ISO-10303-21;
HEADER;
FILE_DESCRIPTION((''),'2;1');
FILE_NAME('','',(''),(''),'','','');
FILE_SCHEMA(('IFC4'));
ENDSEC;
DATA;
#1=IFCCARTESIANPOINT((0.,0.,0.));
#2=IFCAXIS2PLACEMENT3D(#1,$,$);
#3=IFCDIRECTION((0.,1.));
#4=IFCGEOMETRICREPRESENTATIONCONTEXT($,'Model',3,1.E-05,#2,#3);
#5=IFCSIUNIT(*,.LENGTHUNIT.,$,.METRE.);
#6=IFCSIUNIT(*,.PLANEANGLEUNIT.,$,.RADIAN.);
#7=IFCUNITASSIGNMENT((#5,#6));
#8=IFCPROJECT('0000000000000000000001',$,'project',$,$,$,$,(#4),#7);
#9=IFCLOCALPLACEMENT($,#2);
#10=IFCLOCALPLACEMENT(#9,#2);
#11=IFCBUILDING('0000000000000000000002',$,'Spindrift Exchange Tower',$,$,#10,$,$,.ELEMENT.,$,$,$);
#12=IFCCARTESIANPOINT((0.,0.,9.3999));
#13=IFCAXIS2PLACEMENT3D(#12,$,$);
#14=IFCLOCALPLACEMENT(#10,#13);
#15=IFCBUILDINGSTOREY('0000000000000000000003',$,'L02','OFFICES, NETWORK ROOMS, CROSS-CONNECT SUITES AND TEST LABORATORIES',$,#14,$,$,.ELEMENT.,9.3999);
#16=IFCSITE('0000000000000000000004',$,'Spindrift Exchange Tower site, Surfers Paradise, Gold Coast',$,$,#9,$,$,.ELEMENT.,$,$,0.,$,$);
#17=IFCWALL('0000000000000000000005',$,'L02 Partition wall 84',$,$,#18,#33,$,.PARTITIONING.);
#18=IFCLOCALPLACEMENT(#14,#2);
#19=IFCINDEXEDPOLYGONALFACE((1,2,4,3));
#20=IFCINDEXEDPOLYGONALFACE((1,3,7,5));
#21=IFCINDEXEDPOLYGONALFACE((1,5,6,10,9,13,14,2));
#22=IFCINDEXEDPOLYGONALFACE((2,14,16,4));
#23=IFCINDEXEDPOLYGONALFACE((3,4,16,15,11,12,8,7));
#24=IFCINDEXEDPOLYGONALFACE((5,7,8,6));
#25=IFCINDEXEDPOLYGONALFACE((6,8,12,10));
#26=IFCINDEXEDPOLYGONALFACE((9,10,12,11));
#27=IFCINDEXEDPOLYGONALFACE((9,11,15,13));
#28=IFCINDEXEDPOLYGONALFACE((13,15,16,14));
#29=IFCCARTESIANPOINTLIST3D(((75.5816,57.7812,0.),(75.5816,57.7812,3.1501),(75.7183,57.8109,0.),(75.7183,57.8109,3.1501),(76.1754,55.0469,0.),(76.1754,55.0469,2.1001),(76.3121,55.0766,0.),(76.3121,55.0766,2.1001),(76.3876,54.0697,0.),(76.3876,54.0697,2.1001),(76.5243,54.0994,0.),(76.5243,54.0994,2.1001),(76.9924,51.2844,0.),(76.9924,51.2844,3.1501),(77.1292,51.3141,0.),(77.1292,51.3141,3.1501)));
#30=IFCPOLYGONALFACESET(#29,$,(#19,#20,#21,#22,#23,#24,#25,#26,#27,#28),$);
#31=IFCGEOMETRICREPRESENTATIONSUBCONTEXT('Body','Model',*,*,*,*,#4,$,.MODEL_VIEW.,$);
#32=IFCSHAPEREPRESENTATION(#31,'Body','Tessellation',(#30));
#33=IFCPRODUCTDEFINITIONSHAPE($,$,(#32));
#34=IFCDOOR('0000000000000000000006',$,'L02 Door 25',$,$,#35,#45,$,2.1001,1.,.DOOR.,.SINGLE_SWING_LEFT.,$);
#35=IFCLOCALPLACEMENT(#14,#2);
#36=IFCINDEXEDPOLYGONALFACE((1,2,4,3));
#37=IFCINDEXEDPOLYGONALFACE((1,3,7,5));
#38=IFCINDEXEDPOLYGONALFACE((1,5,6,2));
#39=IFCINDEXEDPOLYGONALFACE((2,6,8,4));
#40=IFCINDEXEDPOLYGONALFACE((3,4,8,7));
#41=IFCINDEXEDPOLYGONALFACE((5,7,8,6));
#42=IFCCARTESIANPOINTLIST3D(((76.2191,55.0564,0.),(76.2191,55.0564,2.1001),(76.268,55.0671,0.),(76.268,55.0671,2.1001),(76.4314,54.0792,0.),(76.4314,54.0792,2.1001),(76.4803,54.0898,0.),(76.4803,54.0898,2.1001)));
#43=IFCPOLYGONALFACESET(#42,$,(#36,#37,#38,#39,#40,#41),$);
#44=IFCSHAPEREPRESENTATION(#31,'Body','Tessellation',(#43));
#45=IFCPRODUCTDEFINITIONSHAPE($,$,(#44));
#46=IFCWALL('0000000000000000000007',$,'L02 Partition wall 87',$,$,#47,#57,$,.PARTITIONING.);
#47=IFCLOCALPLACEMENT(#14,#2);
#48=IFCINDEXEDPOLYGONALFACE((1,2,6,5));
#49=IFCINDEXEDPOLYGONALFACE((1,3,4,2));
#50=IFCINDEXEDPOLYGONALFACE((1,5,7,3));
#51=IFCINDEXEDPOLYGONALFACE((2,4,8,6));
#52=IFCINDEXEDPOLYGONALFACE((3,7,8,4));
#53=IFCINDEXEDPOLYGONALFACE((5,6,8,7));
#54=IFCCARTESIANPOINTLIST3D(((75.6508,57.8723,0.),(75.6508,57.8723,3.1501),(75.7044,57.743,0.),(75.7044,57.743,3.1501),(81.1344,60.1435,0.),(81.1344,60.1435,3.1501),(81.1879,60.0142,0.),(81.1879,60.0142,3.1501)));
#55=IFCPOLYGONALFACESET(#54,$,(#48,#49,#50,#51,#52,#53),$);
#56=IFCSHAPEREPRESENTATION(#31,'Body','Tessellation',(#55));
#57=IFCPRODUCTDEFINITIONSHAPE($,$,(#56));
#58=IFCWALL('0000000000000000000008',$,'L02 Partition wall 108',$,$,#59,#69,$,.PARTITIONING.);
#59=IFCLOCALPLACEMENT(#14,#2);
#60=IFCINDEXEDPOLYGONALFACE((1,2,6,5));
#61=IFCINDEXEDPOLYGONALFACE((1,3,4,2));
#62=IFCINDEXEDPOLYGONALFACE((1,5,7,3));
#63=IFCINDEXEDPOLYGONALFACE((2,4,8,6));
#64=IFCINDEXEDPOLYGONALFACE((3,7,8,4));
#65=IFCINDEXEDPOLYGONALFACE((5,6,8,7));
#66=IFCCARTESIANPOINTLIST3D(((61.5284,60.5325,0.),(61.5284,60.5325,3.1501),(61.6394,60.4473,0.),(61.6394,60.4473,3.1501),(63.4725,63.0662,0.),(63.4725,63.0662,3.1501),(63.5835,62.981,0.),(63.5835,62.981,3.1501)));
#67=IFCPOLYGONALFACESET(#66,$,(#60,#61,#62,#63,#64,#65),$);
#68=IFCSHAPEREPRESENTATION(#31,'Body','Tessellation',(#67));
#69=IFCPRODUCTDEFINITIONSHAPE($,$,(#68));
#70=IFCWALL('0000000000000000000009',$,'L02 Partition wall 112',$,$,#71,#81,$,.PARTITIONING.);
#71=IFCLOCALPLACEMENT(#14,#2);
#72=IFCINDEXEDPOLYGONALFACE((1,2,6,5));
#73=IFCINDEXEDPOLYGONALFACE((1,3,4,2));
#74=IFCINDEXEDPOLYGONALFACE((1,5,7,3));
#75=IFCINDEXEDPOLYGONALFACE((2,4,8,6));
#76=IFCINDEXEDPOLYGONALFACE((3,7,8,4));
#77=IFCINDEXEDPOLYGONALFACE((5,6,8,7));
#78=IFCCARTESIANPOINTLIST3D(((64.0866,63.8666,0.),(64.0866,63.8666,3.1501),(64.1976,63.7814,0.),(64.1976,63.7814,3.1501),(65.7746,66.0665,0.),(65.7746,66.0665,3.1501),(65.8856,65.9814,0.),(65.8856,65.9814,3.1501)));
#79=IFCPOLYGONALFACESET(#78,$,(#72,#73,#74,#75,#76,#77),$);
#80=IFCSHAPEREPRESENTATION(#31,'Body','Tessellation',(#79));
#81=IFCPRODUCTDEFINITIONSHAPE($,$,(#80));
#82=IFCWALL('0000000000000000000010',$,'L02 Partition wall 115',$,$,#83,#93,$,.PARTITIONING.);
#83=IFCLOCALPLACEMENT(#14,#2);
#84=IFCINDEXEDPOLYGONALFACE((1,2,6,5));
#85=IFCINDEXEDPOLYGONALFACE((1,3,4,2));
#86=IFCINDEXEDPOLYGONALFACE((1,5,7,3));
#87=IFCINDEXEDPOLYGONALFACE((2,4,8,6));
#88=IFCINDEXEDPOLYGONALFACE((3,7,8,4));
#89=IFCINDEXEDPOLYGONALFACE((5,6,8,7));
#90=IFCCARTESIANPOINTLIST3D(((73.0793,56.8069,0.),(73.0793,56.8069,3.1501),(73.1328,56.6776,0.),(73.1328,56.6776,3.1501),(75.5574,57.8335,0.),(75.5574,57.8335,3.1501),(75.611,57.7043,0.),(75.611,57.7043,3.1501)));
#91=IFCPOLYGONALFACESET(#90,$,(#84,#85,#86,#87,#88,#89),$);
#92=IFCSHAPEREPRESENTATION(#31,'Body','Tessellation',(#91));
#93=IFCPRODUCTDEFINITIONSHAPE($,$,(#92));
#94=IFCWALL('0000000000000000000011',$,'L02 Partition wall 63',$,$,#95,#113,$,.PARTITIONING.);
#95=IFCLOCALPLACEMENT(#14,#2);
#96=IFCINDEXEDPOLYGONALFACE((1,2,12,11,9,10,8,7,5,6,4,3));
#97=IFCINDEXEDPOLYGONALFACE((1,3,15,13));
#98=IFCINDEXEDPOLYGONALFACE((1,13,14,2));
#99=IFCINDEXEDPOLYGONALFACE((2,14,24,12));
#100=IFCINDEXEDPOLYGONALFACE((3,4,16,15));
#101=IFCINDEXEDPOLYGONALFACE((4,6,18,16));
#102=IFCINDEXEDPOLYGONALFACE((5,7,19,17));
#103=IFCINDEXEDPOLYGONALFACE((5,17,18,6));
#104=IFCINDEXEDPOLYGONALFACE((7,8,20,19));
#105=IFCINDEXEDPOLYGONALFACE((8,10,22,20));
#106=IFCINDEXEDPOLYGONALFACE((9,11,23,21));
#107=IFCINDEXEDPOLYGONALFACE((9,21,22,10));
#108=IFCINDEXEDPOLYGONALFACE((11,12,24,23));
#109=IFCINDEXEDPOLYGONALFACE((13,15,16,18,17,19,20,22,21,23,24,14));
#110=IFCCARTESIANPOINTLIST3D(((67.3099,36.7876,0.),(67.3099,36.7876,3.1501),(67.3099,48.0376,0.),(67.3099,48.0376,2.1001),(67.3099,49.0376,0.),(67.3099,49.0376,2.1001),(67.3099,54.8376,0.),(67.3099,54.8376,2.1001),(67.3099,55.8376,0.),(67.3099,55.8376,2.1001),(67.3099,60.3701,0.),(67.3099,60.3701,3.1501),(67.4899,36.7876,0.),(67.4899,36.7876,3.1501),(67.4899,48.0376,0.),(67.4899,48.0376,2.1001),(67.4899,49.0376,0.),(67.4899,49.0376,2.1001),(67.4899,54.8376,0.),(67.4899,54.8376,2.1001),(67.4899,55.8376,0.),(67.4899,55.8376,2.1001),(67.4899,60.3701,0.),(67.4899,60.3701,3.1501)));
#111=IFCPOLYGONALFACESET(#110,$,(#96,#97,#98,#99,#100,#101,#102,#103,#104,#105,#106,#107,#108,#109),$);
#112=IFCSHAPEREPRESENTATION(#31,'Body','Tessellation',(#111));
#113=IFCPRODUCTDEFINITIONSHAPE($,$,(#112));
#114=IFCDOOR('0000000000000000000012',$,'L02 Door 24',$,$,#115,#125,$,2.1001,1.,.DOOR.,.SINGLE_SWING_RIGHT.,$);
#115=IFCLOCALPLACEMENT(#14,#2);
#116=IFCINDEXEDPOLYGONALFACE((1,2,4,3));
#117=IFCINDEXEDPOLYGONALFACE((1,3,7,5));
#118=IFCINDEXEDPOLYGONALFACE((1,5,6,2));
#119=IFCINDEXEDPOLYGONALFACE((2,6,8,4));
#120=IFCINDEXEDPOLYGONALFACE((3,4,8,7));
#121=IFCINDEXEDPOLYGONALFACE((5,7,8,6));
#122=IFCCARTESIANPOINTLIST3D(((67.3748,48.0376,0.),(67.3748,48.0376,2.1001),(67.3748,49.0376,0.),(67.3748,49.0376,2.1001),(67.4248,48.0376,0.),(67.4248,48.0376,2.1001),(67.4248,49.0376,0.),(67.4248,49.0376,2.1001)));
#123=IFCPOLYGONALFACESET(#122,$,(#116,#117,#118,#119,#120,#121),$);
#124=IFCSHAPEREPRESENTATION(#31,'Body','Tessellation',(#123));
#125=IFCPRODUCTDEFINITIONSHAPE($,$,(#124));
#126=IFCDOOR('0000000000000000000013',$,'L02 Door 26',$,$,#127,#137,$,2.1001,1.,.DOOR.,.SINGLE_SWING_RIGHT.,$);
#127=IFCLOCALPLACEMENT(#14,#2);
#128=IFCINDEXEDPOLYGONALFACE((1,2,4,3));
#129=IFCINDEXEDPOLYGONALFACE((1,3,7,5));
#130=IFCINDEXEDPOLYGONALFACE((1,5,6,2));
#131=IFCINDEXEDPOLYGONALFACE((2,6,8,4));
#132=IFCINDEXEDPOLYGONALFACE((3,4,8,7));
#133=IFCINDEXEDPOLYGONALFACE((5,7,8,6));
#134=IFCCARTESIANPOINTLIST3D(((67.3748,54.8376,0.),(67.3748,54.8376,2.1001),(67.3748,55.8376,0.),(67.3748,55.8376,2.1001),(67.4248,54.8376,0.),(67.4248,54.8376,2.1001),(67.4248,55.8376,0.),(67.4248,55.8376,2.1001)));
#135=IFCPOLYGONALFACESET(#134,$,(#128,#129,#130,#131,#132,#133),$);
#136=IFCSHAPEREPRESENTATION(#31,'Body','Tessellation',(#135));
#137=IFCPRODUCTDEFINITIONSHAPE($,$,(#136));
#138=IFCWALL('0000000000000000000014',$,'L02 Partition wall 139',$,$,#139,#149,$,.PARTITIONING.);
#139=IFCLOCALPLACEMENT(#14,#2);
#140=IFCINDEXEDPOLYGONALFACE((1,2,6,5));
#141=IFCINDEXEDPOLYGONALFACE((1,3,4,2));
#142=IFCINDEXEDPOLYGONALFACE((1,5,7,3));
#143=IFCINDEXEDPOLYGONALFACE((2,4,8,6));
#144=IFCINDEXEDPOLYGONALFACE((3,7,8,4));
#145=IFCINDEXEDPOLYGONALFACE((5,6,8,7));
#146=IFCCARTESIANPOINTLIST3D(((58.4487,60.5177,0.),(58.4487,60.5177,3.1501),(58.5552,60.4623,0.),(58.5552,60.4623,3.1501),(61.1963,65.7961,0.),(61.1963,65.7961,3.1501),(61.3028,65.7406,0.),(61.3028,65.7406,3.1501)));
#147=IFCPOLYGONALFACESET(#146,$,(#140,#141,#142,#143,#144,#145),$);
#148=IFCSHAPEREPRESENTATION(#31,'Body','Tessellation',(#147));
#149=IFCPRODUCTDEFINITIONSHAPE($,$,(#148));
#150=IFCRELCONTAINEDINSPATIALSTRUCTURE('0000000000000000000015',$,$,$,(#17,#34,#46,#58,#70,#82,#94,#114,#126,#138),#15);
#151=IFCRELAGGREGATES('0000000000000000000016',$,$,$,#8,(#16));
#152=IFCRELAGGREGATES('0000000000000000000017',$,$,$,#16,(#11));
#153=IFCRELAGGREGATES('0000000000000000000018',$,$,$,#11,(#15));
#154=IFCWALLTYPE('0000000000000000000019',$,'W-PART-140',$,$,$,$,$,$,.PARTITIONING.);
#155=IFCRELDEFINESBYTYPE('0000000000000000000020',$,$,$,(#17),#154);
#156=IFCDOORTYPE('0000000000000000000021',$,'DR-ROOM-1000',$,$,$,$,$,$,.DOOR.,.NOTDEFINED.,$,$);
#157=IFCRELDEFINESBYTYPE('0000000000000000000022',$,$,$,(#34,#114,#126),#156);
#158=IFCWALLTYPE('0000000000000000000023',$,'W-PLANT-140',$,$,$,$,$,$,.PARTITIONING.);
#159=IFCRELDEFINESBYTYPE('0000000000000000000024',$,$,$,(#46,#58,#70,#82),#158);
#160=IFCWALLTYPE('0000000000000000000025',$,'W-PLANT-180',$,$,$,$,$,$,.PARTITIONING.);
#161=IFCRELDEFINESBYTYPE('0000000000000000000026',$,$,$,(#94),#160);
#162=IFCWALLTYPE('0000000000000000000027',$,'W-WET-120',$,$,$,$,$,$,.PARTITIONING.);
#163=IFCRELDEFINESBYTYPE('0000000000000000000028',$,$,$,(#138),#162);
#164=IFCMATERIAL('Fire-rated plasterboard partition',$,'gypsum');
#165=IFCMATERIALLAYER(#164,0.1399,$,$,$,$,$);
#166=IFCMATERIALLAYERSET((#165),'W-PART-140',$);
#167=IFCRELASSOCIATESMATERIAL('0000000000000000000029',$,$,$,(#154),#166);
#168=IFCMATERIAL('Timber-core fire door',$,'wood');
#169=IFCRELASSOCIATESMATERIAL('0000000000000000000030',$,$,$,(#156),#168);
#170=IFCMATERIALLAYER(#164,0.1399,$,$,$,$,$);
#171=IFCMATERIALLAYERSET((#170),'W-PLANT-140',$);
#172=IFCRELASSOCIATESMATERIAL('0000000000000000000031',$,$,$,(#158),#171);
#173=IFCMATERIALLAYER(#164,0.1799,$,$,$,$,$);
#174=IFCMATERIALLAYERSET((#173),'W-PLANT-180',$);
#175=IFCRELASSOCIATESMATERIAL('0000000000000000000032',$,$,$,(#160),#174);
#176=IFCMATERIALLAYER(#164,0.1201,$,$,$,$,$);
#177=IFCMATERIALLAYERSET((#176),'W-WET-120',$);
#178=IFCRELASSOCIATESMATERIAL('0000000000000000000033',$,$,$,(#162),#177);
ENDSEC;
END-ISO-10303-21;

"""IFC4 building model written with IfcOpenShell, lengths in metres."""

from ifc_helpers import new_model, si_unit, direction, frame, frame_2d, origin, place, context, subcontext, project, spatial, rectangle, extrude, source, transform, mapped, material, layer, layer_set, type_object, element, fill, save


model = new_model("IFC4")

# Units and contexts
model_context = context("Model", 3, precision=1e-05, world=origin(), true_north=direction((0.0, 1.0)))
body_context = subcontext(model_context, "Body", "Model", "MODEL_VIEW")
ifc_project = project(units=[si_unit("LENGTHUNIT", "METRE"), si_unit("PLANEANGLEUNIT", "RADIAN")], contexts=[model_context])

# Site, building, storey
site_placement = place(None, origin())
site = spatial("IfcSite", under=ifc_project, at=site_placement, Name="Spindrift Exchange Tower site, Surfers Paradise, Gold Coast", CompositionType="ELEMENT", RefElevation=0.0)
building_placement = place(site_placement, origin())
building = spatial("IfcBuilding", under=site, at=building_placement, Name="Spindrift Exchange Tower", CompositionType="ELEMENT")
storey_placement = place(building_placement, frame((0.0, 0.0, 9.3999)))
storey = spatial("IfcBuildingStorey", under=building, at=storey_placement, Name="L02", Description="OFFICES, NETWORK ROOMS, CROSS-CONNECT SUITES AND TEST LABORATORIES", CompositionType="ELEMENT", Elevation=9.3999)

# Wall, opening, door
ifc_material_1 = material(Name="Fire-rated plasterboard partition", Category="gypsum")
ifc_layer_1 = layer(ifc_material_1, 0.1399)
ifc_layer_set_1 = layer_set([ifc_layer_1], Name="W-PART-140")
wall_type_1 = type_object("IfcWallType", Name="W-PART-140", PredefinedType="PARTITIONING", material=ifc_layer_set_1)
wall_1_placement = place(storey_placement, frame((75.6499, 57.7961, 0.0), z_axis=(0.0, 0.0, 1.0), x_axis=(0.212219, -0.977222, 0.0)))
wall_1 = element("IfcWall", 1, at=wall_1_placement, inside=storey, type_object=wall_type_1, Name="L02 Partition wall 84", PredefinedType="PARTITIONING", context=body_context, shape_type="SweptSolid", body=[
    extrude(rectangle(XDim=6.6482, YDim=0.1399, at=frame_2d((3.3242, 0.0))), origin(), (0.0, 0.0, 1.0), 3.1501),
])
opening_1_placement = place(wall_1_placement, frame((2.7981, 0.0, 0.0)))
opening_1 = element("IfcOpeningElement", 2, at=opening_1_placement, cuts=wall_1, PredefinedType="OPENING", context=body_context, shape_type="SweptSolid", body=[
    extrude(rectangle(XDim=1.0, YDim=2.1001, at=frame_2d((0.5, 1.05))), frame((0.0, 0.0798, 0.0), z_axis=(0.0, -1.0, 0.0), x_axis=(1.0, 0.0, 0.0)), (0.0, 0.0, 1.0), 0.1599),
])
ifc_material_2 = material(Name="Timber-core fire door", Category="wood")
door_type_1 = type_object("IfcDoorType", Name="DR-ROOM-1000", OperationType="NOTDEFINED", PredefinedType="DOOR", material=ifc_material_2)
shared_shape_1 = source(origin(), body_context, "Body", "SweptSolid", [
    extrude(rectangle(XDim=1.0, YDim=2.1001, at=frame_2d((0.5, 1.05))), frame((0.0, 0.0249, 0.0), z_axis=(0.0, -1.0, 0.0), x_axis=(1.0, 0.0, 0.0)), (0.0, 0.0, 1.0), 0.05),
])
door_1_placement = place(opening_1_placement, origin())
door_1 = element("IfcDoor", 3, at=door_1_placement, inside=storey, type_object=door_type_1, Name="L02 Door 25", OperationType="SINGLE_SWING_LEFT", OverallHeight=2.1001, OverallWidth=1.0, PredefinedType="DOOR", context=body_context, shape_type="MappedRepresentation", body=[
    mapped(shared_shape_1, transform((0.0, 0.0, 0.0), scale=1.0)),
])
fill(opening_1, door_1)

# Walls
ifc_layer_2 = layer(ifc_material_1, 0.1399)
ifc_layer_set_2 = layer_set([ifc_layer_2], Name="W-PLANT-140")
wall_type_2 = type_object("IfcWallType", Name="W-PLANT-140", PredefinedType="PARTITIONING", material=ifc_layer_set_2)
wall_2_placement = place(storey_placement, frame((75.6775, 57.8076, 0.0), z_axis=(0.0, 0.0, 1.0), x_axis=(0.923889, 0.382661, 0.0)))
element("IfcWall", 4, at=wall_2_placement, inside=storey, type_object=wall_type_2, Name="L02 Partition wall 87", PredefinedType="PARTITIONING", context=body_context, shape_type="SweptSolid", body=[
    extrude(rectangle(XDim=5.9353, YDim=0.1399, at=frame_2d((2.9678, 0.0))), origin(), (0.0, 0.0, 1.0), 3.1501),
])
wall_3_placement = place(storey_placement, frame((61.584, 60.49, 0.0), z_axis=(0.0, 0.0, 1.0), x_axis=(0.608746, 0.793365, 0.0)))
element("IfcWall", 5, at=wall_3_placement, inside=storey, type_object=wall_type_2, Name="L02 Partition wall 108", PredefinedType="PARTITIONING", context=body_context, shape_type="SweptSolid", body=[
    extrude(rectangle(XDim=3.1936, YDim=0.1399, at=frame_2d((1.5967, 0.0))), origin(), (0.0, 0.0, 1.0), 3.1501),
])
wall_4_placement = place(storey_placement, frame((64.1421, 63.824, 0.0), z_axis=(0.0, 0.0, 1.0), x_axis=(0.60874, 0.79337, 0.0)))
element("IfcWall", 6, at=wall_4_placement, inside=storey, type_object=wall_type_2, Name="L02 Partition wall 112", PredefinedType="PARTITIONING", context=body_context, shape_type="SweptSolid", body=[
    extrude(rectangle(XDim=2.7729, YDim=0.1399, at=frame_2d((1.3865, 0.0))), origin(), (0.0, 0.0, 1.0), 3.1501),
])
wall_5_placement = place(storey_placement, frame((73.106, 56.7422, 0.0), z_axis=(0.0, 0.0, 1.0), x_axis=(0.923856, 0.38274, 0.0)))
element("IfcWall", 7, at=wall_5_placement, inside=storey, type_object=wall_type_2, Name="L02 Partition wall 115", PredefinedType="PARTITIONING", context=body_context, shape_type="SweptSolid", body=[
    extrude(rectangle(XDim=2.6824, YDim=0.1399, at=frame_2d((1.3413, 0.0))), origin(), (0.0, 0.0, 1.0), 3.1501),
])

# Wall, openings, doors
ifc_layer_3 = layer(ifc_material_1, 0.1799)
ifc_layer_set_3 = layer_set([ifc_layer_3], Name="W-PLANT-180")
wall_type_3 = type_object("IfcWallType", Name="W-PLANT-180", PredefinedType="PARTITIONING", material=ifc_layer_set_3)
wall_6_placement = place(storey_placement, frame((67.3999, 60.3701, 0.0), z_axis=(0.0, 0.0, 1.0), x_axis=(0.0, -1.0, 0.0)))
wall_6 = element("IfcWall", 8, at=wall_6_placement, inside=storey, type_object=wall_type_3, Name="L02 Partition wall 63", PredefinedType="PARTITIONING", context=body_context, shape_type="SweptSolid", body=[
    extrude(rectangle(XDim=23.5825, YDim=0.1799, at=frame_2d((11.7913, 0.0))), origin(), (0.0, 0.0, 1.0), 3.1501),
])
opening_2_placement = place(wall_6_placement, frame((11.3325, 0.0, 0.0)))
opening_2 = element("IfcOpeningElement", 9, at=opening_2_placement, cuts=wall_6, PredefinedType="OPENING", context=body_context, shape_type="SweptSolid", body=[
    extrude(rectangle(XDim=1.0, YDim=2.1001, at=frame_2d((0.5, 1.05))), frame((0.0, 0.0999, 0.0), z_axis=(0.0, -1.0, 0.0), x_axis=(1.0, 0.0, 0.0)), (0.0, 0.0, 1.0), 0.2),
])
opening_3_placement = place(wall_6_placement, frame((4.5325, 0.0, 0.0)))
opening_3 = element("IfcOpeningElement", 10, at=opening_3_placement, cuts=wall_6, PredefinedType="OPENING", context=body_context, shape_type="SweptSolid", body=[
    extrude(rectangle(XDim=1.0, YDim=2.1001, at=frame_2d((0.5, 1.05))), frame((0.0, 0.0999, 0.0), z_axis=(0.0, -1.0, 0.0), x_axis=(1.0, 0.0, 0.0)), (0.0, 0.0, 1.0), 0.2),
])
door_2_placement = place(opening_2_placement, origin())
door_2 = element("IfcDoor", 11, at=door_2_placement, inside=storey, type_object=door_type_1, Name="L02 Door 24", OperationType="SINGLE_SWING_RIGHT", OverallHeight=2.1001, OverallWidth=1.0, PredefinedType="DOOR", context=body_context, shape_type="MappedRepresentation", body=[
    mapped(shared_shape_1, transform((0.0, 0.0, 0.0), scale=1.0)),
])
fill(opening_2, door_2)
door_3_placement = place(opening_3_placement, origin())
door_3 = element("IfcDoor", 12, at=door_3_placement, inside=storey, type_object=door_type_1, Name="L02 Door 26", OperationType="SINGLE_SWING_RIGHT", OverallHeight=2.1001, OverallWidth=1.0, PredefinedType="DOOR", context=body_context, shape_type="MappedRepresentation", body=[
    mapped(shared_shape_1, transform((0.0, 0.0, 0.0), scale=1.0)),
])
fill(opening_3, door_3)

# Wall
ifc_layer_4 = layer(ifc_material_1, 0.1201)
ifc_layer_set_4 = layer_set([ifc_layer_4], Name="W-WET-120")
wall_type_4 = type_object("IfcWallType", Name="W-WET-120", PredefinedType="PARTITIONING", material=ifc_layer_set_4)
wall_7_placement = place(storey_placement, frame((58.502, 60.49, 0.0), z_axis=(0.0, 0.0, 1.0), x_axis=(0.461727, 0.887022, 0.0)))
element("IfcWall", 13, at=wall_7_placement, inside=storey, type_object=wall_type_4, Name="L02 Partition wall 139", PredefinedType="PARTITIONING", context=body_context, shape_type="SweptSolid", body=[
    extrude(rectangle(XDim=5.9507, YDim=0.1201, at=frame_2d((2.9753, 0.0))), origin(), (0.0, 0.0, 1.0), 3.1501),
])

save(model, "model.ifc")
